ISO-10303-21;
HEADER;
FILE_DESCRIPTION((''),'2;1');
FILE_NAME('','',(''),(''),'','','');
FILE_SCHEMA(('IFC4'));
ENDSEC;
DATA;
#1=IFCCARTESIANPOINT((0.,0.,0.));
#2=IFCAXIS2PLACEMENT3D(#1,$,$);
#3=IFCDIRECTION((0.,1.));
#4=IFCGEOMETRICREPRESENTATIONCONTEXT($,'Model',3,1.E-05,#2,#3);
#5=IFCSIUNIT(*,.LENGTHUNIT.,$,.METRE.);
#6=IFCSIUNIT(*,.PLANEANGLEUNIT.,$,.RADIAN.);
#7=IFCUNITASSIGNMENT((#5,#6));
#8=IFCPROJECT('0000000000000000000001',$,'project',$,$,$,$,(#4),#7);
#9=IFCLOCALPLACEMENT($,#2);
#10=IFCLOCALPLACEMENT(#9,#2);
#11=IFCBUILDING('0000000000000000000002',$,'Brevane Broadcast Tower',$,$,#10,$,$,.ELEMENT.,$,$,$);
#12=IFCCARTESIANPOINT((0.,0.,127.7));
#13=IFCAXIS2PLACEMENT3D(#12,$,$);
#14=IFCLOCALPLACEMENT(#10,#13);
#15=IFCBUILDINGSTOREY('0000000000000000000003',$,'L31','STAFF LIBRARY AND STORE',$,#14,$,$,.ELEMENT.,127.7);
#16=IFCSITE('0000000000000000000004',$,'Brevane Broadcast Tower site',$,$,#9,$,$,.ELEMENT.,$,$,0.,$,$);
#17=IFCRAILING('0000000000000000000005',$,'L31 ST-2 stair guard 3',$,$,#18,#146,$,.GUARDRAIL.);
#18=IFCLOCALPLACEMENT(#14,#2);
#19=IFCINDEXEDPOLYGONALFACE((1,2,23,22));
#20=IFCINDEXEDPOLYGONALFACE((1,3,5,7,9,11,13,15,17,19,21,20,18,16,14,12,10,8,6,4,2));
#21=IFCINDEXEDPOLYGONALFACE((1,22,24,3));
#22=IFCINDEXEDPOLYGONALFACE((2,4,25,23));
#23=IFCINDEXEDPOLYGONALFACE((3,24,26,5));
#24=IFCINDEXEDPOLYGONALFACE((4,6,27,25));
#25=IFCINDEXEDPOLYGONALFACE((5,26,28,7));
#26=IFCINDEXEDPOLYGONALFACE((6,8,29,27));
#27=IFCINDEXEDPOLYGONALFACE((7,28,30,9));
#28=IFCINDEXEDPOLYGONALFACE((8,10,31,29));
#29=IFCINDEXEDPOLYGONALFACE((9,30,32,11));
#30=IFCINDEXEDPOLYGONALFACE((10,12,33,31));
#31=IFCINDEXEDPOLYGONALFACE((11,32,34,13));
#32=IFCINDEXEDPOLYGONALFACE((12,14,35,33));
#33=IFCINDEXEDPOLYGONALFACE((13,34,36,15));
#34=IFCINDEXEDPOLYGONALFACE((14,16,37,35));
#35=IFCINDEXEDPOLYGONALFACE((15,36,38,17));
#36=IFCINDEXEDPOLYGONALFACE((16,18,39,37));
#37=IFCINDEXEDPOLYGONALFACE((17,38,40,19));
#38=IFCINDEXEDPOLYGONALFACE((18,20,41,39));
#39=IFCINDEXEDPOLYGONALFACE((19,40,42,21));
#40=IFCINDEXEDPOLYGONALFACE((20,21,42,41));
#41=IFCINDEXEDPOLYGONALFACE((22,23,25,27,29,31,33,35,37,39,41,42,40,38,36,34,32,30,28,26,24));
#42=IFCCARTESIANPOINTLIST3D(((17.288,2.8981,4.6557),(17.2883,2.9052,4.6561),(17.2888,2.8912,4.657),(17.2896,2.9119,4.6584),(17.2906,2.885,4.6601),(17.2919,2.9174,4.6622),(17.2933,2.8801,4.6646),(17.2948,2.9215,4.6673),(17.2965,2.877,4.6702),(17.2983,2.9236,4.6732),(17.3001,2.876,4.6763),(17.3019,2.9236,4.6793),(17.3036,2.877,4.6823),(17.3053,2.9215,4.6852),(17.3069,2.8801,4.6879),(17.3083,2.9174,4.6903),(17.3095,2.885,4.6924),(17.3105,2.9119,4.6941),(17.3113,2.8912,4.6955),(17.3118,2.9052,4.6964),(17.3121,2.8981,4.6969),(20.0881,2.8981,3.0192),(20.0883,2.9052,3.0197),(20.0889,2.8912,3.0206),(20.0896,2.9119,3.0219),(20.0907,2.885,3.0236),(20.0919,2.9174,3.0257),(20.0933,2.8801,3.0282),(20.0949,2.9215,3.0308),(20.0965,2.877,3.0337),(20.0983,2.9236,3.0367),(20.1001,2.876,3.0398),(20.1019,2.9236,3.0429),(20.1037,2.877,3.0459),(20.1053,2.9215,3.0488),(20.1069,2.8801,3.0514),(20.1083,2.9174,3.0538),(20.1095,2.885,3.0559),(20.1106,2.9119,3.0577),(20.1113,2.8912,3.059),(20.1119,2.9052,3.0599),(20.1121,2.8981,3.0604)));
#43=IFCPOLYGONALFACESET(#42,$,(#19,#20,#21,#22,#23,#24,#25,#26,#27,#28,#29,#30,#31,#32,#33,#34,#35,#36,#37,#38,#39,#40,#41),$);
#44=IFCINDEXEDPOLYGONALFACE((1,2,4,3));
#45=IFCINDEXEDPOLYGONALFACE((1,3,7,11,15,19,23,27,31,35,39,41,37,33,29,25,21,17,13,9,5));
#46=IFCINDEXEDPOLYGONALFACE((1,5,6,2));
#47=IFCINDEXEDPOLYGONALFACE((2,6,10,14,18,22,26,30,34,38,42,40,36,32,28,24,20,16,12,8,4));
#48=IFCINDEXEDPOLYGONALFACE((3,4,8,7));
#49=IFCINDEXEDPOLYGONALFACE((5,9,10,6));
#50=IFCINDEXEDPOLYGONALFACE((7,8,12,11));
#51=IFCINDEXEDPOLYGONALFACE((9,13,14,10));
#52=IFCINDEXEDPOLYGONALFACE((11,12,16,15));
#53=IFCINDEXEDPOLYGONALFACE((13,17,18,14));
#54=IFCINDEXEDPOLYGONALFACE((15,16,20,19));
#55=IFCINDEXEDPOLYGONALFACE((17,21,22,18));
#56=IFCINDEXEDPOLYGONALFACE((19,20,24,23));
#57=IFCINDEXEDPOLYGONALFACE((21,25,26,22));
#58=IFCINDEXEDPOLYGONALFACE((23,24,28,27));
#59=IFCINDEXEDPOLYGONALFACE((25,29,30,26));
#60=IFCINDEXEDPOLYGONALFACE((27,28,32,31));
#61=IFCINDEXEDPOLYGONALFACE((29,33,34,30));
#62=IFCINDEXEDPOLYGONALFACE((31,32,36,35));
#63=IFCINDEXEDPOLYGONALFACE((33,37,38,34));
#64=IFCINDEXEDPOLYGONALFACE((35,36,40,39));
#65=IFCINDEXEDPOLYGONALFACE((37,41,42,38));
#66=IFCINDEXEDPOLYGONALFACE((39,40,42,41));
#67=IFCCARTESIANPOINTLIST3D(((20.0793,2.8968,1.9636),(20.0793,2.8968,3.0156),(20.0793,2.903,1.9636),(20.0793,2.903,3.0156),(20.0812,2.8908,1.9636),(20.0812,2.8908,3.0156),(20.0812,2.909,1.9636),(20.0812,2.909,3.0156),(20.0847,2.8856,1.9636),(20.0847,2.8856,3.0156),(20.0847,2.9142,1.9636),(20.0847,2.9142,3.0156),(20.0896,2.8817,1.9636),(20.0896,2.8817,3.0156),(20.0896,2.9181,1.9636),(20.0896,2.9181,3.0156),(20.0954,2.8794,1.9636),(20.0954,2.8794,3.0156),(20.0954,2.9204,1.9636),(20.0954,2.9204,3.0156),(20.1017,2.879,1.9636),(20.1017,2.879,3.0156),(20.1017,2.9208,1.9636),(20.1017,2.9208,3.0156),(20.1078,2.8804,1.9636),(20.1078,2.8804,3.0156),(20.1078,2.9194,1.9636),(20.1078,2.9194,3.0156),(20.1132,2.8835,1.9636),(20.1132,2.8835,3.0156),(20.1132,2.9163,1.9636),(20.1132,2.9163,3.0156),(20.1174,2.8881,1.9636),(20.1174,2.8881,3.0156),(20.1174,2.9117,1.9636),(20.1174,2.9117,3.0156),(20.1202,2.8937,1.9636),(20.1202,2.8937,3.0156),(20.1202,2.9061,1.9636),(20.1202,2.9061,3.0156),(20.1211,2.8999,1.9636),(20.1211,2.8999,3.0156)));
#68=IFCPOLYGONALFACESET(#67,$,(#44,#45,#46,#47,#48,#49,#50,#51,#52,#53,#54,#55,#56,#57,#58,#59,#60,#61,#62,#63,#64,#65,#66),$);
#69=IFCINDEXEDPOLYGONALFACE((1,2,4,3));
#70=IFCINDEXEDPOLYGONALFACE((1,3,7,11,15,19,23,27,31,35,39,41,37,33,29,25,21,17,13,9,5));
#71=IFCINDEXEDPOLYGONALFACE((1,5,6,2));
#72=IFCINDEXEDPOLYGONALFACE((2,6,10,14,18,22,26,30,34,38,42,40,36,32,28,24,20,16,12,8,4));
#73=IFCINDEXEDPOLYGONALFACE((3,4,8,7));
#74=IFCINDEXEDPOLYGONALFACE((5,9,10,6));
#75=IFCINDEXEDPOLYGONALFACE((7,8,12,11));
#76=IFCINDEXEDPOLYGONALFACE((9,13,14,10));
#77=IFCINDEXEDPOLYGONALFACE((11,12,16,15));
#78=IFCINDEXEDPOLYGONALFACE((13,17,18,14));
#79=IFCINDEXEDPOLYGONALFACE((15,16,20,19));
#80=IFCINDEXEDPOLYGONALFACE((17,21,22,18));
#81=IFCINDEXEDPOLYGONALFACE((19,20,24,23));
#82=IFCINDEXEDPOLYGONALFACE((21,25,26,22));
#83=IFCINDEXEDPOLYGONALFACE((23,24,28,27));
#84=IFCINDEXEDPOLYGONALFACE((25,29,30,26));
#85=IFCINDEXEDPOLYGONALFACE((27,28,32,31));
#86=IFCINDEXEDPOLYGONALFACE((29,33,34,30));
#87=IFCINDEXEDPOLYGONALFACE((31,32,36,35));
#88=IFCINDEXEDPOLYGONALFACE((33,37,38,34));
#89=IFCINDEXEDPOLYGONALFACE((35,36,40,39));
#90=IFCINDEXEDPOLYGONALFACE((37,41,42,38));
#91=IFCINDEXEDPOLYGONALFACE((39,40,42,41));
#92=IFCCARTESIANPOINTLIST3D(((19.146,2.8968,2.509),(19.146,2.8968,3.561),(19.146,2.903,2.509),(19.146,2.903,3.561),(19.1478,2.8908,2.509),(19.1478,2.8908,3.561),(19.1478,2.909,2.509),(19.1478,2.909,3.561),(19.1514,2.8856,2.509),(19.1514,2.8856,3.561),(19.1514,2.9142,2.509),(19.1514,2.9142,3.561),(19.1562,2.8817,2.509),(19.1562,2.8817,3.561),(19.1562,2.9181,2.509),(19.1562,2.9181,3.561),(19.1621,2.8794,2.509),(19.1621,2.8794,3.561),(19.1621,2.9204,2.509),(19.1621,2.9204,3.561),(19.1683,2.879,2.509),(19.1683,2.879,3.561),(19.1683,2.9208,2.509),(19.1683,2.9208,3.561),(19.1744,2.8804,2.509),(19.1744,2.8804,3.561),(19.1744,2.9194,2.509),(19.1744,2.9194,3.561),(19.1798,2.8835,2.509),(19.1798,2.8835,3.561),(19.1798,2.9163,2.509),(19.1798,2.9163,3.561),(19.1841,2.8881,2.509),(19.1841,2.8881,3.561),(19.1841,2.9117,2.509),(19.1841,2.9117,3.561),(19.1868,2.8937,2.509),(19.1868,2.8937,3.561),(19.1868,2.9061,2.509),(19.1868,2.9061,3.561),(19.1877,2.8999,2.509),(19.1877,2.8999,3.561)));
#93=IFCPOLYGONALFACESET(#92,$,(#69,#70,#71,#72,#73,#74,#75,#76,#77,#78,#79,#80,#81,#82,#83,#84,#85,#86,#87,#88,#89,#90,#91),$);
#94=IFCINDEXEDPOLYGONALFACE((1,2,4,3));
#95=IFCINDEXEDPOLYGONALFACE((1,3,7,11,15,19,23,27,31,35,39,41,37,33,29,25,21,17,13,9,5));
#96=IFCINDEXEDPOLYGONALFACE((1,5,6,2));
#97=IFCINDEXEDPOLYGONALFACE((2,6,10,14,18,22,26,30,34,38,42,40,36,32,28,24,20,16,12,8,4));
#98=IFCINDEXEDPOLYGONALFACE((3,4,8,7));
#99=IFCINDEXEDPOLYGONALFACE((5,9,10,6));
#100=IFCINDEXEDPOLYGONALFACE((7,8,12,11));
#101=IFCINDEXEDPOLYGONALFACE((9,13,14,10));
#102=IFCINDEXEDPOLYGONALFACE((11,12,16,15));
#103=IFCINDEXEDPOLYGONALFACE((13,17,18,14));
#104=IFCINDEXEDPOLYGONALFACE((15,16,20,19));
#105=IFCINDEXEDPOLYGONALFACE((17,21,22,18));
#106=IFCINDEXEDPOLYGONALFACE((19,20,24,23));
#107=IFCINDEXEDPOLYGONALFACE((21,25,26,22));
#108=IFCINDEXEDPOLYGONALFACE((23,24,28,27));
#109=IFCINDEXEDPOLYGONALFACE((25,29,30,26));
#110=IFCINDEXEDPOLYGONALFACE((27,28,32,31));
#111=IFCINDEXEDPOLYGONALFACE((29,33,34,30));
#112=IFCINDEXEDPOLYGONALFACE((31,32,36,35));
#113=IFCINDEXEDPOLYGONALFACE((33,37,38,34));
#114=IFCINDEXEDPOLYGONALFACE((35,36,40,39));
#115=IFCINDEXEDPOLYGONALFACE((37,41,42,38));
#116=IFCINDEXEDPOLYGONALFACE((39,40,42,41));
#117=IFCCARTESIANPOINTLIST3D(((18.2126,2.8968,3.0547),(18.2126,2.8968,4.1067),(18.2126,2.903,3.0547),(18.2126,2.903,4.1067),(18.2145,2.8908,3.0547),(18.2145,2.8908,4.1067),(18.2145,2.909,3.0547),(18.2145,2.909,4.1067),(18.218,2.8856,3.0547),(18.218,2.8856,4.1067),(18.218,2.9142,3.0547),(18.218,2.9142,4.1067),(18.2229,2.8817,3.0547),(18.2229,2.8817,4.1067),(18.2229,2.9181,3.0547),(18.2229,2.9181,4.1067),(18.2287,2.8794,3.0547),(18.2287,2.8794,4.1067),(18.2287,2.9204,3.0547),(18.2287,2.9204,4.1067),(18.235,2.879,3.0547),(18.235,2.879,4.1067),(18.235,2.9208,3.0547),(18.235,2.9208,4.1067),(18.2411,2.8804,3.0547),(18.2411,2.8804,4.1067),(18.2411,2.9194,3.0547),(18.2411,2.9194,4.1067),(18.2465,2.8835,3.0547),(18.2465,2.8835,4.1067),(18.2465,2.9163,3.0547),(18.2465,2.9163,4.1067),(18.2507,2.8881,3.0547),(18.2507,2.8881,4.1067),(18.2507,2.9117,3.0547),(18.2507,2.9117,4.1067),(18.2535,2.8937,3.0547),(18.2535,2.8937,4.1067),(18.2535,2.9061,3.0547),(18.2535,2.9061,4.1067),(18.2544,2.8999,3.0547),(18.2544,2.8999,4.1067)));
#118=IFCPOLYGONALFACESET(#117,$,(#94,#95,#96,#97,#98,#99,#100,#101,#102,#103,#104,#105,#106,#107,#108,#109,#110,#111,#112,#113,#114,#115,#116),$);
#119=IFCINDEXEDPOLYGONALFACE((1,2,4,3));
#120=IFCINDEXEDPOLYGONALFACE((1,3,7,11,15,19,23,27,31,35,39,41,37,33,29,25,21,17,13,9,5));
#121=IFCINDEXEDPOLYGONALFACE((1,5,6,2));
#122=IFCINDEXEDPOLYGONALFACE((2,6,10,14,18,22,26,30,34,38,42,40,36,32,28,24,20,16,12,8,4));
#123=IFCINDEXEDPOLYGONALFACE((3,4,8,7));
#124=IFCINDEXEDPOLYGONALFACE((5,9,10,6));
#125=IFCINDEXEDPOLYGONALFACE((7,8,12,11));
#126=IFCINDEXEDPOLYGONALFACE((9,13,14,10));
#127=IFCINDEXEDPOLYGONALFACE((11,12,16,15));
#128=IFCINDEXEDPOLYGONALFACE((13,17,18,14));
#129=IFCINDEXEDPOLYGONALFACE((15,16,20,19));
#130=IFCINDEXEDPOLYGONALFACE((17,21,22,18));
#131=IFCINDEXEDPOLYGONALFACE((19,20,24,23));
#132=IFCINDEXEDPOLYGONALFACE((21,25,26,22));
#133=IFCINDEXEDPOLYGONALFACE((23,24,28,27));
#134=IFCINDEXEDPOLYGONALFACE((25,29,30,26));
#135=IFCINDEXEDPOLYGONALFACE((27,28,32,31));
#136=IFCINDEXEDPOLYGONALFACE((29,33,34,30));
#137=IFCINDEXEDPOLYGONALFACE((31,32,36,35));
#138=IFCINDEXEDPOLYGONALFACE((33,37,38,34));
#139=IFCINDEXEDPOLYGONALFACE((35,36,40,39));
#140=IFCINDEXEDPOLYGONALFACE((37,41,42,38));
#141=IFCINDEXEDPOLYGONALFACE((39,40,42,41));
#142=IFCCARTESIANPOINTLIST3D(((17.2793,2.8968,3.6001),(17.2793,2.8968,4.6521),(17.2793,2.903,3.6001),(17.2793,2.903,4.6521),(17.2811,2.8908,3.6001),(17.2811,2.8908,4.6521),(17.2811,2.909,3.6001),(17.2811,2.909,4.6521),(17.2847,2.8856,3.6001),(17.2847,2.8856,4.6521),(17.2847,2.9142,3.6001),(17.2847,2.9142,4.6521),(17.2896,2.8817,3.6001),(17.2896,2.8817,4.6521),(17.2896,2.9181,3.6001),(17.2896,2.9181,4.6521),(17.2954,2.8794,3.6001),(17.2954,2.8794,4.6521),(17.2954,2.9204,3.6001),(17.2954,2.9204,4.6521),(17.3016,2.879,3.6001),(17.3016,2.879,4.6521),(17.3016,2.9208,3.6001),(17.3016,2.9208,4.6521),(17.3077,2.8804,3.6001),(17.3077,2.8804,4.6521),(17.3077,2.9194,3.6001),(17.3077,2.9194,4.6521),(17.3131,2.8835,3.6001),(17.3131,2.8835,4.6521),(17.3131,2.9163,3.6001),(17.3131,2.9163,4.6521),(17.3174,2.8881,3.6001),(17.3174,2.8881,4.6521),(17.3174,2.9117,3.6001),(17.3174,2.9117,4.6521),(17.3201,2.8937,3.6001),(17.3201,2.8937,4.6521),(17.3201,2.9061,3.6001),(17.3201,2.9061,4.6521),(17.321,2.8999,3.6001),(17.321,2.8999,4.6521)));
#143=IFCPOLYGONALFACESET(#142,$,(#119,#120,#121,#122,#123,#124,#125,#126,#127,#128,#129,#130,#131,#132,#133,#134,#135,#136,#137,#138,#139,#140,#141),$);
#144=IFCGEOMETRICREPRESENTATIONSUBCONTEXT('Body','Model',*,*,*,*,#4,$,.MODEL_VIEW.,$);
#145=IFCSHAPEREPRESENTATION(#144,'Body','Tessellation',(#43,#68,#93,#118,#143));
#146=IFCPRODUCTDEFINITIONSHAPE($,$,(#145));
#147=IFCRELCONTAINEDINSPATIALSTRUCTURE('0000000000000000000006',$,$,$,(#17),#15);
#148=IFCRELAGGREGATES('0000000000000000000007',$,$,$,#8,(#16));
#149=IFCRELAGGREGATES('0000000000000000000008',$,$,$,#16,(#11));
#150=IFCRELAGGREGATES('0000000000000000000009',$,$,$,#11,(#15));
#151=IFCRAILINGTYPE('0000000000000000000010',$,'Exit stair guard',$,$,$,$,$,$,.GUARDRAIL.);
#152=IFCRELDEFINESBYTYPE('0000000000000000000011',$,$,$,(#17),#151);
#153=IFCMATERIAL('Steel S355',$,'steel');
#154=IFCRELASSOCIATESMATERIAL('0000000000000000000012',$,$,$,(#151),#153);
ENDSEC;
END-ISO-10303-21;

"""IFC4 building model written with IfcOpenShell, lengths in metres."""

from ifc_helpers import new_model, si_unit, direction, frame, origin, origin_2d, place, context, subcontext, project, spatial, circle, extrude, material, type_object, element, save


model = new_model("IFC4")

# Units and contexts
model_context = context("Model", 3, precision=1e-05, world=origin(), true_north=direction((0.0, 1.0)))
body_context = subcontext(model_context, "Body", "Model", "MODEL_VIEW")
ifc_project = project(units=[si_unit("LENGTHUNIT", "METRE"), si_unit("PLANEANGLEUNIT", "RADIAN")], contexts=[model_context])

# Site, building, storey
site_placement = place(None, origin())
site = spatial("IfcSite", under=ifc_project, at=site_placement, Name="Brevane Broadcast Tower site", CompositionType="ELEMENT", RefElevation=0.0)
building_placement = place(site_placement, origin())
building = spatial("IfcBuilding", under=site, at=building_placement, Name="Brevane Broadcast Tower", CompositionType="ELEMENT")
storey_placement = place(building_placement, frame((0.0, 0.0, 127.7)))
storey = spatial("IfcBuildingStorey", under=building, at=storey_placement, Name="L31", Description="STAFF LIBRARY AND STORE", CompositionType="ELEMENT", Elevation=127.7)

# Railing
ifc_material_1 = material(Name="Steel S355", Category="steel")
railing_type_1 = type_object("IfcRailingType", Name="Exit stair guard", PredefinedType="GUARDRAIL", material=ifc_material_1)
railing_1_placement = place(storey_placement, frame((20.1001, 2.8999, 1.9636)))
element("IfcRailing", 1, at=railing_1_placement, inside=storey, type_object=railing_type_1, Name="L31 ST-2 stair guard 3", PredefinedType="GUARDRAIL", context=body_context, shape_type="SweptSolid", body=[
    extrude(circle(Radius=0.0239, at=origin_2d()), frame((0.0, 0.0, 1.0762), z_axis=(-0.863361, 0.0, 0.504587), x_axis=(0.0, -1.0, 0.0)), (0.0, 0.0, 1.0), 3.2432),
    extrude(circle(Radius=0.021, at=origin_2d()), origin(), (0.0, 0.0, 1.0), 1.052),
    extrude(circle(Radius=0.021, at=origin_2d()), frame((-0.9333, 0.0, 0.5454)), (0.0, 0.0, 1.0), 1.052),
    extrude(circle(Radius=0.021, at=origin_2d()), frame((-1.8667, 0.0, 1.0911)), (0.0, 0.0, 1.0), 1.052),
    extrude(circle(Radius=0.021, at=origin_2d()), frame((-2.8, 0.0, 1.6365)), (0.0, 0.0, 1.0), 1.052),
])

save(model, "model.ifc")
